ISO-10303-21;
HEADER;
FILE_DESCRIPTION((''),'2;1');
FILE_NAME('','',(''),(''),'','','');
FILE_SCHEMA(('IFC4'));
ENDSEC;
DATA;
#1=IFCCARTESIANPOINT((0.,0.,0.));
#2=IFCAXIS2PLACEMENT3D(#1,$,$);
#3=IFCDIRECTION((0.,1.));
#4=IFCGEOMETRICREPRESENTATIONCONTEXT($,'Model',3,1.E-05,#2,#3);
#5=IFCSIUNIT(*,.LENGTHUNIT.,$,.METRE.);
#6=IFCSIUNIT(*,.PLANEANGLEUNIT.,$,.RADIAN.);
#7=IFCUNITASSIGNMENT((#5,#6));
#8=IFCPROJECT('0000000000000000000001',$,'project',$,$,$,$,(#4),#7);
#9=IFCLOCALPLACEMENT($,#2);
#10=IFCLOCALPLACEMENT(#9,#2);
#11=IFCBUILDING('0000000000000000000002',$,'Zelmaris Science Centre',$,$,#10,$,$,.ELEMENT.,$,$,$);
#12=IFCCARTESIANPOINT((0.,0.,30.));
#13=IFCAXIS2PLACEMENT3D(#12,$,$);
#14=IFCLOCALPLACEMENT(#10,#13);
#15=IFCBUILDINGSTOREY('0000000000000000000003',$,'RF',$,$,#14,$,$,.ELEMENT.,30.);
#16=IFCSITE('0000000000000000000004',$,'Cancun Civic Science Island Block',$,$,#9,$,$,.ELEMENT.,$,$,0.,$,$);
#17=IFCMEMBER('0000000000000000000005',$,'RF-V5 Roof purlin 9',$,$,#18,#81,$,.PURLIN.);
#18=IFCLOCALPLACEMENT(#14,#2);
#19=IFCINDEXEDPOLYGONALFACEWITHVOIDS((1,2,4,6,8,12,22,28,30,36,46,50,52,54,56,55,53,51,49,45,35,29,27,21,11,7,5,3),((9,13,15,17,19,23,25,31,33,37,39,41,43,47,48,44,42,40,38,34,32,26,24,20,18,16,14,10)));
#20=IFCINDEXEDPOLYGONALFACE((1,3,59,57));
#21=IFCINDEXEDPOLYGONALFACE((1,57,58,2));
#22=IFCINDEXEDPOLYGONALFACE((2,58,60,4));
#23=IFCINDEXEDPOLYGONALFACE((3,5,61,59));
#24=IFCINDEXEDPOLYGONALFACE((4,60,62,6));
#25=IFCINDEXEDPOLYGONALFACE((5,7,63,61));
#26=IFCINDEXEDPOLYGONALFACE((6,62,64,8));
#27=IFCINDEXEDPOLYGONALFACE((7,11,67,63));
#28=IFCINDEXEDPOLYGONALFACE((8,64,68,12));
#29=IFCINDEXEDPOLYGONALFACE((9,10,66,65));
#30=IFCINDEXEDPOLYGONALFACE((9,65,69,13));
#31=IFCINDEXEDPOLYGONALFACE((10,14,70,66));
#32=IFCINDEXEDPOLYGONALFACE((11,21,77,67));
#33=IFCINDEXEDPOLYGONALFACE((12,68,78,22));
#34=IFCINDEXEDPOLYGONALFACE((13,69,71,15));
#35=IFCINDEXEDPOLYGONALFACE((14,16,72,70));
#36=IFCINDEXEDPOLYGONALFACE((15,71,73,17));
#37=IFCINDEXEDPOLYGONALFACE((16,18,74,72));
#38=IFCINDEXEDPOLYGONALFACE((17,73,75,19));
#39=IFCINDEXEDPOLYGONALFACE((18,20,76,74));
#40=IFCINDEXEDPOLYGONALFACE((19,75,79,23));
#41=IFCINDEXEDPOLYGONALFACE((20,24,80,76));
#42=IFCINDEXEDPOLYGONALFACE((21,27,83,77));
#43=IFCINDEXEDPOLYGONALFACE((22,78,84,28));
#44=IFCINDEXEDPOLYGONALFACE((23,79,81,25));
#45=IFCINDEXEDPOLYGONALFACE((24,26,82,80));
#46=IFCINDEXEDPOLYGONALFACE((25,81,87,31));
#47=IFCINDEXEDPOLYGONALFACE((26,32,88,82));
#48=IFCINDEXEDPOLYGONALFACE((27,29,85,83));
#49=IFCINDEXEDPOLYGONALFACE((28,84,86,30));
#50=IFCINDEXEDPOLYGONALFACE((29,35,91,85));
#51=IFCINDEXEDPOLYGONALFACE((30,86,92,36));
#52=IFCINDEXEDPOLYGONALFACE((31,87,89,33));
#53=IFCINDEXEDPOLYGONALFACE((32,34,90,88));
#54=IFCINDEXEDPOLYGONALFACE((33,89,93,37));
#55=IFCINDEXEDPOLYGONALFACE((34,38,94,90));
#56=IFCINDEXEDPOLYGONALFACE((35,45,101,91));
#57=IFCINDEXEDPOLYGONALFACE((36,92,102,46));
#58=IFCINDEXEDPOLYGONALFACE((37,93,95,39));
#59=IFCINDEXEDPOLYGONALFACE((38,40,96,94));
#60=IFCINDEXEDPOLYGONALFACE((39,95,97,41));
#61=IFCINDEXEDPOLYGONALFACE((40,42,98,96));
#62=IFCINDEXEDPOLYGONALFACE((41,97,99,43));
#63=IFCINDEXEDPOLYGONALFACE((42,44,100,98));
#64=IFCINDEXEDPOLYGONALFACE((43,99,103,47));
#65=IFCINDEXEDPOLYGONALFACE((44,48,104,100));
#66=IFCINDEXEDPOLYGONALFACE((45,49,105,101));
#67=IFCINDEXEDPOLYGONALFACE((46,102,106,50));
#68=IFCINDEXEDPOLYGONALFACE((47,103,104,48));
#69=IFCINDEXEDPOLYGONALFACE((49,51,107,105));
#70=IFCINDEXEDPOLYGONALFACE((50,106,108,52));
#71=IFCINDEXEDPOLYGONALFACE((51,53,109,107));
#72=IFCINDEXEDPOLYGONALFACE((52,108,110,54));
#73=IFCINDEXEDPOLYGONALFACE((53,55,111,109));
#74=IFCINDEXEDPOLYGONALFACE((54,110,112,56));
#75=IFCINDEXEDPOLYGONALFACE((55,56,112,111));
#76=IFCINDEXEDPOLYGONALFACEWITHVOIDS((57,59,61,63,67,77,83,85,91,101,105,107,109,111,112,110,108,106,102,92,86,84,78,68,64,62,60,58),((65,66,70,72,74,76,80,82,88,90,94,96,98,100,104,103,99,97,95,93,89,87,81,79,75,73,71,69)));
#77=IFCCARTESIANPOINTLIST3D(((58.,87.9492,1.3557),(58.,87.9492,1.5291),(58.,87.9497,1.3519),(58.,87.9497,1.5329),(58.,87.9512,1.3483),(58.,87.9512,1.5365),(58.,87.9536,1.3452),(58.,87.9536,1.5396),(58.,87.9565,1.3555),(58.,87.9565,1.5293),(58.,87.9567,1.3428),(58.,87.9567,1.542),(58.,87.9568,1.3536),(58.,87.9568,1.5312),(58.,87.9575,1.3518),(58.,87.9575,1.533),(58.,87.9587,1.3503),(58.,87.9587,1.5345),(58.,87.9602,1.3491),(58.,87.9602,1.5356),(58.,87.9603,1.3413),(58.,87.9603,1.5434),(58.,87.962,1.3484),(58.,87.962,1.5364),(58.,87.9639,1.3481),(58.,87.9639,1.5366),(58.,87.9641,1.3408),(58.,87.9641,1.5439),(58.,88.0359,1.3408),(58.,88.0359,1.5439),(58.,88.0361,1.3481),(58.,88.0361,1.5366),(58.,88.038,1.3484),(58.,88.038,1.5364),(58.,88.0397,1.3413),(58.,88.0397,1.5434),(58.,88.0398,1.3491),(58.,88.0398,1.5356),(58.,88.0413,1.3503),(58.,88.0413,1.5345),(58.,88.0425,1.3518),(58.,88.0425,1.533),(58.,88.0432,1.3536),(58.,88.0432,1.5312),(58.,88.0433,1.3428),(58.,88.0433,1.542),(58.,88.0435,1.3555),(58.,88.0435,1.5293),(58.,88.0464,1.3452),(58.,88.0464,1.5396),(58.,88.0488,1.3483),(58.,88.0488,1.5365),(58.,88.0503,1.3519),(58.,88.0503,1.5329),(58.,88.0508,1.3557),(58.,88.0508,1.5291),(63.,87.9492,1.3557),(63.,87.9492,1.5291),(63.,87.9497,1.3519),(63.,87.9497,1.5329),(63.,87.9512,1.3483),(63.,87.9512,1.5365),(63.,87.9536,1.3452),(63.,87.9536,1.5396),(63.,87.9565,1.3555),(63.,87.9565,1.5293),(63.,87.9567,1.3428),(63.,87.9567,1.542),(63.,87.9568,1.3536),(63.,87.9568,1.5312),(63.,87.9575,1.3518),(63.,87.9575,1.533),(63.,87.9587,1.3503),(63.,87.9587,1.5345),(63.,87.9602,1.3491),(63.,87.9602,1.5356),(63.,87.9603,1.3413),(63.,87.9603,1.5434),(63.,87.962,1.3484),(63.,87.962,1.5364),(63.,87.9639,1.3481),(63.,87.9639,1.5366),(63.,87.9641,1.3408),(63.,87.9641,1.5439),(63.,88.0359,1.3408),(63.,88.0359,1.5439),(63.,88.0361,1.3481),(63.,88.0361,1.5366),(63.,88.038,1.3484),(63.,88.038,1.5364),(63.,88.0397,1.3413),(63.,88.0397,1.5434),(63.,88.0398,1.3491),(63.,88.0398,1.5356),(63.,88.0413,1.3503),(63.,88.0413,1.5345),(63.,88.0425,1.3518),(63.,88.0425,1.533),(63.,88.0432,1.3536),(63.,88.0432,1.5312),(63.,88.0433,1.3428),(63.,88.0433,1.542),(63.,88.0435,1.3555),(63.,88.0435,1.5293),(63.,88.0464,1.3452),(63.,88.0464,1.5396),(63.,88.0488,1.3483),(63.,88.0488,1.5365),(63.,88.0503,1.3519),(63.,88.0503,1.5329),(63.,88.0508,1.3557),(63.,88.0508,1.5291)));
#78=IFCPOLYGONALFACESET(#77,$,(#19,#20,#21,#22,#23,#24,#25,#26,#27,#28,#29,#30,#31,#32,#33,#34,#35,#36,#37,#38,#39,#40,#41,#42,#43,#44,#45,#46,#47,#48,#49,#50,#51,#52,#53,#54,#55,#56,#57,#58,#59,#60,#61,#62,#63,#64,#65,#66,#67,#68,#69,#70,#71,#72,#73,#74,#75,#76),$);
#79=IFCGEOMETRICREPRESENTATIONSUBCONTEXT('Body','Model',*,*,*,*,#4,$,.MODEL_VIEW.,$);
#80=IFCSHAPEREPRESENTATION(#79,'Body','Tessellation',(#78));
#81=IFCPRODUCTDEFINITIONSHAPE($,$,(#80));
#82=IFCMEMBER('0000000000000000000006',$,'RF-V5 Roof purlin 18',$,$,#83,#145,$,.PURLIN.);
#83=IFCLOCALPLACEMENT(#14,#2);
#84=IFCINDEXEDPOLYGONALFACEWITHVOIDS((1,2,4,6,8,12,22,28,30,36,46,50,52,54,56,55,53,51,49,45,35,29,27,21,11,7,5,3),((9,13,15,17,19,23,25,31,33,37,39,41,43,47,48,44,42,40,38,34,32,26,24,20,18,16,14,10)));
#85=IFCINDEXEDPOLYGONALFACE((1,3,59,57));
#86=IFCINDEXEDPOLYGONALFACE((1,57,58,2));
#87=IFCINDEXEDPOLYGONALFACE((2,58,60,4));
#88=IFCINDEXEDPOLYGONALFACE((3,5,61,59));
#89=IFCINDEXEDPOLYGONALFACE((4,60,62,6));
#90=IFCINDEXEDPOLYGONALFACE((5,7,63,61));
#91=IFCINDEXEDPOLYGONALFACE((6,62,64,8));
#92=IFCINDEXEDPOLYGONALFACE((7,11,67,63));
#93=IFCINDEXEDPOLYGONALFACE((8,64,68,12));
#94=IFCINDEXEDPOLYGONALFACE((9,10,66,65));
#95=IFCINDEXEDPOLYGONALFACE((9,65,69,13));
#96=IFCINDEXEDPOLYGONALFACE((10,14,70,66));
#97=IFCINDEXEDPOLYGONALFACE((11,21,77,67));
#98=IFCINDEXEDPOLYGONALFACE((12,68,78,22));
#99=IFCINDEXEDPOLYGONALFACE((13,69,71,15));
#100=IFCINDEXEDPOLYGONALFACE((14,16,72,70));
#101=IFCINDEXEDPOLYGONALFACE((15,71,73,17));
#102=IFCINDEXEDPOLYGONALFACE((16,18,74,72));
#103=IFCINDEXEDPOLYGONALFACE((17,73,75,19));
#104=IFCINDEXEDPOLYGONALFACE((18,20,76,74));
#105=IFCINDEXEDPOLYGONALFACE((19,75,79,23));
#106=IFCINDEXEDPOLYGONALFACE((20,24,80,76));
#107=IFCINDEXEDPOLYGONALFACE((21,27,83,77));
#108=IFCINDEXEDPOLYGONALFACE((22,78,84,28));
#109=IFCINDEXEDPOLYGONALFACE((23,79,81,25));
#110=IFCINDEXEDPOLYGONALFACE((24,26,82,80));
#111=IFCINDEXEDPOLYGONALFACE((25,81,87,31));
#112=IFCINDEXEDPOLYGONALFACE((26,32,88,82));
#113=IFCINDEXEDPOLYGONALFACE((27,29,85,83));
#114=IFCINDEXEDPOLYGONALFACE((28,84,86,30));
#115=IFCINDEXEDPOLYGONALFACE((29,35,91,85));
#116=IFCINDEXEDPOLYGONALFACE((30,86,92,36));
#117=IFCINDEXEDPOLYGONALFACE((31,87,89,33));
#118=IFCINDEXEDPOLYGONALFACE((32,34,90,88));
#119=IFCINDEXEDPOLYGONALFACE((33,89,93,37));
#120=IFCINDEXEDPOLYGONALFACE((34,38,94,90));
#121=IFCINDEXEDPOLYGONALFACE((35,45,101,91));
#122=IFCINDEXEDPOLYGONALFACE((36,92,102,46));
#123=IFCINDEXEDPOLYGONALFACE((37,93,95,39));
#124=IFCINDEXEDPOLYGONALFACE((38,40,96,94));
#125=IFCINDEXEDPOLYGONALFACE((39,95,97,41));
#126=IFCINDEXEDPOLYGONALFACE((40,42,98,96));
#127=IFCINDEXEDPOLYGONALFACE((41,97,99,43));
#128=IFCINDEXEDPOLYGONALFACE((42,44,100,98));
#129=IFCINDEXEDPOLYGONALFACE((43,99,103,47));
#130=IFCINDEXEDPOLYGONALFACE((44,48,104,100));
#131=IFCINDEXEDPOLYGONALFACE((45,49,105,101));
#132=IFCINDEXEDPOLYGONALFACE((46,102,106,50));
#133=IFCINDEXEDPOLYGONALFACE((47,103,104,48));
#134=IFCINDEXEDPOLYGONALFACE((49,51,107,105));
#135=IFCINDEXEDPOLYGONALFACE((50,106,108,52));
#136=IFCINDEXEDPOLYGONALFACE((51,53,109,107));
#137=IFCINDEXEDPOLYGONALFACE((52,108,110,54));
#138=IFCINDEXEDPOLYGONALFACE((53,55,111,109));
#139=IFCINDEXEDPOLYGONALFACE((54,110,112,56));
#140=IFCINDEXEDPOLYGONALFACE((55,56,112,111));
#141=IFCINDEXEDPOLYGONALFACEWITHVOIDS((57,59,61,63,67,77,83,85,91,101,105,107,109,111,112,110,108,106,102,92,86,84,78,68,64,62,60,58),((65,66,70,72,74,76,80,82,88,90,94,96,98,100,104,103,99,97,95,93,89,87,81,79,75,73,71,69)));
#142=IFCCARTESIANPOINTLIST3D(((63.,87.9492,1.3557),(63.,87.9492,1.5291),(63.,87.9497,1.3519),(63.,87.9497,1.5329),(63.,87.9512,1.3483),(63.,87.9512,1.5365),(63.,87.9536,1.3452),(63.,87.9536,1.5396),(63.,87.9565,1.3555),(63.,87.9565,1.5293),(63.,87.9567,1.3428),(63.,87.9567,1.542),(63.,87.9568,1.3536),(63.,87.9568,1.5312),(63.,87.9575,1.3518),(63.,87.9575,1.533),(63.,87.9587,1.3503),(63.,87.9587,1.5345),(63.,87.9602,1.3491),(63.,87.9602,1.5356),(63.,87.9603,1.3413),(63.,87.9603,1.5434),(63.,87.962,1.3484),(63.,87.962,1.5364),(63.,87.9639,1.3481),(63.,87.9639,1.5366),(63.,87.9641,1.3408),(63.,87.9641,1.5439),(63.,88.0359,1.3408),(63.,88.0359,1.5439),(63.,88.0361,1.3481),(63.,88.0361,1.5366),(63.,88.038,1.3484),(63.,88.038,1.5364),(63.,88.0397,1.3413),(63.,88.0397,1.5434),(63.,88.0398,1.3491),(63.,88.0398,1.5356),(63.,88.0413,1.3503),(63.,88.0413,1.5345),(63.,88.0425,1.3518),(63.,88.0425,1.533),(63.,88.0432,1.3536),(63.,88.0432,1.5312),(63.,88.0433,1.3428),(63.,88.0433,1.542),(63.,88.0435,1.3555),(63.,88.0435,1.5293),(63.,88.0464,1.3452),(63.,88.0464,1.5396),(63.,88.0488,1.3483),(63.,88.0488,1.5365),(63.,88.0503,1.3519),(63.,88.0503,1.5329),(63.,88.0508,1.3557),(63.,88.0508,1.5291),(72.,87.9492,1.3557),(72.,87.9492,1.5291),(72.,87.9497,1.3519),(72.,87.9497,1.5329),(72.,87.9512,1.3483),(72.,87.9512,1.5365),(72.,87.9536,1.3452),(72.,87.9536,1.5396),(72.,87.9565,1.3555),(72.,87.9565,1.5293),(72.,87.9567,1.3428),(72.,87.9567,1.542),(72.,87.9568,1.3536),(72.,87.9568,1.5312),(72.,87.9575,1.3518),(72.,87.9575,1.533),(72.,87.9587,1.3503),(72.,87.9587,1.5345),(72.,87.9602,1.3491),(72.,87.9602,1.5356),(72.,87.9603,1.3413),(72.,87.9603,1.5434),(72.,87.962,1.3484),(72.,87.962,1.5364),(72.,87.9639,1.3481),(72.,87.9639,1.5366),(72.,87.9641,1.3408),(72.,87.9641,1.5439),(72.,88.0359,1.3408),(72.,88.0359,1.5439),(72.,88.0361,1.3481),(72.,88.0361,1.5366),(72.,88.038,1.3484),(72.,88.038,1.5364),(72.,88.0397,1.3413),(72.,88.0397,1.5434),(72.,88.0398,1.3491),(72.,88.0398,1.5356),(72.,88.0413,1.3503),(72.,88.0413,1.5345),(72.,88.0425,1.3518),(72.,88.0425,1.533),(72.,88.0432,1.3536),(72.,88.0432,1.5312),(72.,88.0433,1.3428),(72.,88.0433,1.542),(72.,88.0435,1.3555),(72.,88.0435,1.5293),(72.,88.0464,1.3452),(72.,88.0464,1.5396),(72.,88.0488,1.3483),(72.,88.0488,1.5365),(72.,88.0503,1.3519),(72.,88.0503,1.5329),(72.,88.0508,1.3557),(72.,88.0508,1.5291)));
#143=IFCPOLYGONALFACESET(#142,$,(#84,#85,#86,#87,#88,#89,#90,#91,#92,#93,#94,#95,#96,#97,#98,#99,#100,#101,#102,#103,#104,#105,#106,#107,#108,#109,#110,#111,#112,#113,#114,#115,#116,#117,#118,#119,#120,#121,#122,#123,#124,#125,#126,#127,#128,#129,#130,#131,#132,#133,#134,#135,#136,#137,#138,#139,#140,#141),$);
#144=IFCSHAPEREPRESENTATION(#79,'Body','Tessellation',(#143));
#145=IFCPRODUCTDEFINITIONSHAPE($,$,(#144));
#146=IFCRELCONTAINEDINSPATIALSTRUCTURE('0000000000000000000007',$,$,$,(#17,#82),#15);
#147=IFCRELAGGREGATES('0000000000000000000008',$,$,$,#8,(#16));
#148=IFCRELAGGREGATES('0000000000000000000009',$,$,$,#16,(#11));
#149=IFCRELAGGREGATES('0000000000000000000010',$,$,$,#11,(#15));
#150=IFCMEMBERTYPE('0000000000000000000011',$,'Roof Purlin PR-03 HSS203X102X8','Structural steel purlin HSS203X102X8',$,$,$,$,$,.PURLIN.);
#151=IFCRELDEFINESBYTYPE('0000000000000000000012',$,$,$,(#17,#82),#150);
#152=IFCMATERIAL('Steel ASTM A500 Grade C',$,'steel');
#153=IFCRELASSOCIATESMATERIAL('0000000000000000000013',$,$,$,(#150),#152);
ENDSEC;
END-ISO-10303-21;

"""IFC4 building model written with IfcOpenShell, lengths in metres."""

from ifc_helpers import new_model, si_unit, direction, frame, origin, origin_2d, place, context, subcontext, project, spatial, hollow_rectangle, extrude, material, material_profile, profile_set, type_object, element, save


model = new_model("IFC4")

# Units and contexts
model_context = context("Model", 3, precision=1e-05, world=origin(), true_north=direction((0.0, 1.0)))
body_context = subcontext(model_context, "Body", "Model", "MODEL_VIEW")
ifc_project = project(units=[si_unit("LENGTHUNIT", "METRE"), si_unit("PLANEANGLEUNIT", "RADIAN")], contexts=[model_context])

# Site, building, storey
site_placement = place(None, origin())
site = spatial("IfcSite", under=ifc_project, at=site_placement, Name="Cancun Civic Science Island Block", CompositionType="ELEMENT", RefElevation=0.0)
building_placement = place(site_placement, origin())
building = spatial("IfcBuilding", under=site, at=building_placement, Name="Zelmaris Science Centre", CompositionType="ELEMENT")
storey_placement = place(building_placement, frame((0.0, 0.0, 30.0)))
storey = spatial("IfcBuildingStorey", under=building, at=storey_placement, Name="RF", CompositionType="ELEMENT", Elevation=30.0)

# Shared definitions
ifc_material = material(Name="Steel ASTM A500 Grade C", Category="steel")

# Members
ifc_material_profile_1 = material_profile(ifc_material, hollow_rectangle(XDim=0.1016, YDim=0.2031, WallThickness=0.0073, InnerFilletRadius=0.0073, OuterFilletRadius=0.0149, at=origin_2d()), Name="HSS203X102X8")
ifc_profile_set_1 = profile_set([ifc_material_profile_1], Name="Steel ASTM A500 Grade C")
member_type_1 = type_object("IfcMemberType", Name="Roof Purlin PR-03 HSS203X102X8", Description="Structural steel purlin HSS203X102X8", PredefinedType="PURLIN", material=ifc_profile_set_1)
member_1_placement = place(storey_placement, frame((58.0, 88.0, 1.4424), z_axis=(1.0, 0.0, 0.0), x_axis=(0.0, 1.0, 0.0)))
element("IfcMember", 1, at=member_1_placement, inside=storey, type_object=member_type_1, Name="RF-V5 Roof purlin 9", PredefinedType="PURLIN", context=body_context, shape_type="SweptSolid", body=[
    extrude(hollow_rectangle(XDim=0.1016, YDim=0.2031, WallThickness=0.0073, InnerFilletRadius=0.0073, OuterFilletRadius=0.0149, at=origin_2d()), origin(), (0.0, 0.0, 1.0), 5.0),
])
member_2_placement = place(storey_placement, frame((63.0, 88.0, 1.4424), z_axis=(1.0, 0.0, 0.0), x_axis=(0.0, 1.0, 0.0)))
element("IfcMember", 2, at=member_2_placement, inside=storey, type_object=member_type_1, Name="RF-V5 Roof purlin 18", PredefinedType="PURLIN", context=body_context, shape_type="SweptSolid", body=[
    extrude(hollow_rectangle(XDim=0.1016, YDim=0.2031, WallThickness=0.0073, InnerFilletRadius=0.0073, OuterFilletRadius=0.0149, at=origin_2d()), origin(), (0.0, 0.0, 1.0), 9.0),
])

save(model, "model.ifc")
